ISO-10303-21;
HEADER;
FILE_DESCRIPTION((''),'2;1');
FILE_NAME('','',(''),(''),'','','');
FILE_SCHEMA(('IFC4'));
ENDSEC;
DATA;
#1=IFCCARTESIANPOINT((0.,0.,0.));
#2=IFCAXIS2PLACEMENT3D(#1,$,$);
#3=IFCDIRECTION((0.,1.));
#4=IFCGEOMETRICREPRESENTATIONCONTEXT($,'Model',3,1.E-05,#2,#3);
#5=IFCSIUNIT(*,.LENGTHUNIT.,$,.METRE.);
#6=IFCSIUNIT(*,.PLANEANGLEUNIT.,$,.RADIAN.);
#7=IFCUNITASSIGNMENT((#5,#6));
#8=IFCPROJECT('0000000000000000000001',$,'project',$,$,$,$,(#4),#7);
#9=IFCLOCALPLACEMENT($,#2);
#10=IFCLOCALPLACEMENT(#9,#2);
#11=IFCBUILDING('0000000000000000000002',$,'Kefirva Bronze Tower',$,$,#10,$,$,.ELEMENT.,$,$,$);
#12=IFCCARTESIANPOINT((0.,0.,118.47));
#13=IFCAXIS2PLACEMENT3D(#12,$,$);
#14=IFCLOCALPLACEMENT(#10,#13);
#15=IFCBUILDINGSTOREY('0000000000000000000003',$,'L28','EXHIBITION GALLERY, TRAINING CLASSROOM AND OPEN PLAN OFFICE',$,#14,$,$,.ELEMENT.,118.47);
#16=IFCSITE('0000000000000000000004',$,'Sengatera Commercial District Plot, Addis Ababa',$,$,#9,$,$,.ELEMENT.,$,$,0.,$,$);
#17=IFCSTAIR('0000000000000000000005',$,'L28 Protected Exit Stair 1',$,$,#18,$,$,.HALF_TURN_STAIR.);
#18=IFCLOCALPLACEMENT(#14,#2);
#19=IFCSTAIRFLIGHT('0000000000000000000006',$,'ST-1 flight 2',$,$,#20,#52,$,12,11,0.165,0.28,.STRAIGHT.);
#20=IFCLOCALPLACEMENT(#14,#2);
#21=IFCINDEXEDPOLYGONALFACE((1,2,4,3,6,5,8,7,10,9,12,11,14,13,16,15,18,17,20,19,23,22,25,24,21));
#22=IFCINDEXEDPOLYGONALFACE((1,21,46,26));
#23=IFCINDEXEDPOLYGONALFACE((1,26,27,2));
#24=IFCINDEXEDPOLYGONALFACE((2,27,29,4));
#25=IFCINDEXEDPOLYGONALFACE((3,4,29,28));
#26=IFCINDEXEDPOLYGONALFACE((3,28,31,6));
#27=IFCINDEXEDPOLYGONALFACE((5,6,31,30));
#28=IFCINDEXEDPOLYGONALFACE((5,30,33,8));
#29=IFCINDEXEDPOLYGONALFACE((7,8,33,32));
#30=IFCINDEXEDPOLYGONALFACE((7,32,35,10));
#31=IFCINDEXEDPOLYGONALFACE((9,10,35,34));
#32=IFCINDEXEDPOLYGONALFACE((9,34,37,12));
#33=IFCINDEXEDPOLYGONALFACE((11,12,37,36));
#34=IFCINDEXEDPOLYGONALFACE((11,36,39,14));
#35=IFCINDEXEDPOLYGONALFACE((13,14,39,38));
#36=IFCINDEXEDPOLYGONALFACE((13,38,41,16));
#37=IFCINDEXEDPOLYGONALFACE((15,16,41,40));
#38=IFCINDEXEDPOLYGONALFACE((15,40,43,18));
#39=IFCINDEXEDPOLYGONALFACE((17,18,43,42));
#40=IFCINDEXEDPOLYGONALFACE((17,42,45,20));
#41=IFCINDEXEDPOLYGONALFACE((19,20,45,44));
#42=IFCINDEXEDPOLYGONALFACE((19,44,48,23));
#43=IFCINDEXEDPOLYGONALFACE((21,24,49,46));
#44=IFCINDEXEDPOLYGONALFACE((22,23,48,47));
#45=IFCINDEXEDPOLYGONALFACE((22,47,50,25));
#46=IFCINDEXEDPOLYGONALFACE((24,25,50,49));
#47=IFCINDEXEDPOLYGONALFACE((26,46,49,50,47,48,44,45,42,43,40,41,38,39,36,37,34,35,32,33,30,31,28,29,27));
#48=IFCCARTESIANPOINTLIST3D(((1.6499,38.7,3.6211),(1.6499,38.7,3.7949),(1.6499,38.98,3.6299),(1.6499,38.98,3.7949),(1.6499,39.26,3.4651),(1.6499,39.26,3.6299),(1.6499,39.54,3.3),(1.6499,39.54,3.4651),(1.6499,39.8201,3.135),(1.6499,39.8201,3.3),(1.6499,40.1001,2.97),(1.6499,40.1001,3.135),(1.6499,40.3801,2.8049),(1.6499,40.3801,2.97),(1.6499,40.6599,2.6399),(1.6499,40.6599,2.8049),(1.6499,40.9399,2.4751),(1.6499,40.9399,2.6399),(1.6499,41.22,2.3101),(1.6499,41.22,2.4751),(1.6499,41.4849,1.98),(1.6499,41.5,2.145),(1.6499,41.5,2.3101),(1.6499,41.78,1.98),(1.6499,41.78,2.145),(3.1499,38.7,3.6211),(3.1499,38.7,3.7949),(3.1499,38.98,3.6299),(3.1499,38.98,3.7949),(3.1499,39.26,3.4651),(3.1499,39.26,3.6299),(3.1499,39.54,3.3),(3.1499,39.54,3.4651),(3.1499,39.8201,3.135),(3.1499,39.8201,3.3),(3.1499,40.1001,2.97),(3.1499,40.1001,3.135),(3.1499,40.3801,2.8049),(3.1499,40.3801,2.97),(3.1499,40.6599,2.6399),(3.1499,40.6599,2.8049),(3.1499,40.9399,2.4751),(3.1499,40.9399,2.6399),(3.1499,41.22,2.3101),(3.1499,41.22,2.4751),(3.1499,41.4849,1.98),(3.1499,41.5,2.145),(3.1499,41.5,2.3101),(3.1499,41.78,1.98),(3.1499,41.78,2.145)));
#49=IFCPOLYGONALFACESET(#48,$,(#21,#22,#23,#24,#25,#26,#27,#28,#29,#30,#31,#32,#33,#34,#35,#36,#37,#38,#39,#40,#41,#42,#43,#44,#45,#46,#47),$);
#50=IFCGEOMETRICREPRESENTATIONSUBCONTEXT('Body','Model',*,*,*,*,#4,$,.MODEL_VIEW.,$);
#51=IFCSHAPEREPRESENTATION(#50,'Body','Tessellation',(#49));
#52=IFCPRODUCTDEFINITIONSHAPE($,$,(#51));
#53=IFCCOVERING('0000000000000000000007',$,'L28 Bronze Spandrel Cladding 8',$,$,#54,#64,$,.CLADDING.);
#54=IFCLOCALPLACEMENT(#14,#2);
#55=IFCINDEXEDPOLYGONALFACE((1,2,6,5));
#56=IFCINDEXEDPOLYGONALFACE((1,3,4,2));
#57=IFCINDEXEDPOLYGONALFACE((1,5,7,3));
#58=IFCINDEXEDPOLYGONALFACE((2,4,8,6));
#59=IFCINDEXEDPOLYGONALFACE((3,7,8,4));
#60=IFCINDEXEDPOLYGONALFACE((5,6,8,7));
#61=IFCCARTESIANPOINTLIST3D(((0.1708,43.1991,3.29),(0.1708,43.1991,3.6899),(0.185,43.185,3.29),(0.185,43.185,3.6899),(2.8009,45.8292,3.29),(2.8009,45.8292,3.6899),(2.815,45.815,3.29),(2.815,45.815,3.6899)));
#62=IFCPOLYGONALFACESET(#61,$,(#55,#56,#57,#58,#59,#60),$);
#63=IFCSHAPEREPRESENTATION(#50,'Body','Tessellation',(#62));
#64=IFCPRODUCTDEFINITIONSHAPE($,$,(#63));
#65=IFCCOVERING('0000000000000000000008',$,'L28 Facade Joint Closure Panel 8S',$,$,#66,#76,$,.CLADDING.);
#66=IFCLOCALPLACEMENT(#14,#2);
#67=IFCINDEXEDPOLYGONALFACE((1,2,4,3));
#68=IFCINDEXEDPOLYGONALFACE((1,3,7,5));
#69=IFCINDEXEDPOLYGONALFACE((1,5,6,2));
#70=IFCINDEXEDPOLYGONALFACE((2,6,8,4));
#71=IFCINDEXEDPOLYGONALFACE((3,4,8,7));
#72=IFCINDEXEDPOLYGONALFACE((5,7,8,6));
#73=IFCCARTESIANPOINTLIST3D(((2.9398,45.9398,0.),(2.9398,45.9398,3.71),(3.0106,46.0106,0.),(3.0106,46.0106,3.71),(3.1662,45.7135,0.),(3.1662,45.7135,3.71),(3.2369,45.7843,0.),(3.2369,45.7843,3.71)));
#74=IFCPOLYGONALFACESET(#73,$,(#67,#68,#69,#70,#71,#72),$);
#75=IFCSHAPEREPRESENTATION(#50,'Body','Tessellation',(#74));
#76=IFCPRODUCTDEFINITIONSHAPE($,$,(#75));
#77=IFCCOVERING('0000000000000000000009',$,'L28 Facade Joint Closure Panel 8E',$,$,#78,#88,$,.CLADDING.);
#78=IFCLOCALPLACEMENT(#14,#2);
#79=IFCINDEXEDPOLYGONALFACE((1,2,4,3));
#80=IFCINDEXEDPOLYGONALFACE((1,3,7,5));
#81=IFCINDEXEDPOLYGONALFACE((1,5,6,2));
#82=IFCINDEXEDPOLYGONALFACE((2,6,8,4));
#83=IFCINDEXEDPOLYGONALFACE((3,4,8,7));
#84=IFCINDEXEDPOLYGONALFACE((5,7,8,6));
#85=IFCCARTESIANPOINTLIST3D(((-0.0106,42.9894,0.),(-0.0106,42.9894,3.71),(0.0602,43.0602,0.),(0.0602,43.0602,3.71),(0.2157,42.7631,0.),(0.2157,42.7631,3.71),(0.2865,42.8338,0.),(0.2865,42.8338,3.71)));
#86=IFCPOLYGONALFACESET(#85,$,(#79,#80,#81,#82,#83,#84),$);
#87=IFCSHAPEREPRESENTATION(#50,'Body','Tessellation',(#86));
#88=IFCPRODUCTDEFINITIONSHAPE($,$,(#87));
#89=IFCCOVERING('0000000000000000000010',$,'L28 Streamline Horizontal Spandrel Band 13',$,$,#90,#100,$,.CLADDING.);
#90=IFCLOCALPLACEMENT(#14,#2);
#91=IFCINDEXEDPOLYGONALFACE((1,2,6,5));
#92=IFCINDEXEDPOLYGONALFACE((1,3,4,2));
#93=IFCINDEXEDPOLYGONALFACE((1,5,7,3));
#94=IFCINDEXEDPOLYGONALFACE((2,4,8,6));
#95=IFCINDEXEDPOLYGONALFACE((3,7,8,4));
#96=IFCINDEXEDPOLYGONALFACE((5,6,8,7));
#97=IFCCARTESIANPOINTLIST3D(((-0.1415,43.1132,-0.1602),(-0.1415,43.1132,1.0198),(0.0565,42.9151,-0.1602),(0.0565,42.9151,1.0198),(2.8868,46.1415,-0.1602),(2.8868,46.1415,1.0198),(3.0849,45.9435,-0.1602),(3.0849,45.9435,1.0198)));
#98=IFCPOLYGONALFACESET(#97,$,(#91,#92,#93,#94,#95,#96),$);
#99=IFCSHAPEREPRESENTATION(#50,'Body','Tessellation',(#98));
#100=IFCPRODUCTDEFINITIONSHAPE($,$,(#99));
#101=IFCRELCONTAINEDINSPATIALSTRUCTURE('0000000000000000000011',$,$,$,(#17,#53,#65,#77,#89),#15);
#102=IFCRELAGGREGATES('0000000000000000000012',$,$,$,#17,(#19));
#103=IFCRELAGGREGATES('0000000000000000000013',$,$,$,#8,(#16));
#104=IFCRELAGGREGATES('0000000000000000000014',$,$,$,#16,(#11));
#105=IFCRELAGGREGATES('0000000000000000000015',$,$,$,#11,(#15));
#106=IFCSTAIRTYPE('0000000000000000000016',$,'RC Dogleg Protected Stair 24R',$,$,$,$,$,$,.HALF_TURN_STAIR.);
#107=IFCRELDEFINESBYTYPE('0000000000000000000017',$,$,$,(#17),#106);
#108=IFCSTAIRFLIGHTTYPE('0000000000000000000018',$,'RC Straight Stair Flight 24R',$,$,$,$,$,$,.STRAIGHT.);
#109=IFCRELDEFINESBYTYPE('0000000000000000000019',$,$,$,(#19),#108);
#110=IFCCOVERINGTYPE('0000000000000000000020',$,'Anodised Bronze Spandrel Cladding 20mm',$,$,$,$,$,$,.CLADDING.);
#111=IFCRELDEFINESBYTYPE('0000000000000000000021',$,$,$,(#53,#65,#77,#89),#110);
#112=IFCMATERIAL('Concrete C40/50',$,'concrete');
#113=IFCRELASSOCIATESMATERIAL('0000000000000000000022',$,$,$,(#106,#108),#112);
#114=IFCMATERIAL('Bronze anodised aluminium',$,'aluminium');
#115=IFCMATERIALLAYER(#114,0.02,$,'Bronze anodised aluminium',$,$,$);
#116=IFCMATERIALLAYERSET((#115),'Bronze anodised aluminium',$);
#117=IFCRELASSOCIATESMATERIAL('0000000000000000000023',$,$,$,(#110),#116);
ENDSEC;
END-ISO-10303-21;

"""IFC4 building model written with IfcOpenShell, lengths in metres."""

from ifc_helpers import new_model, si_unit, direction, frame, origin, origin_2d, place, context, subcontext, project, spatial, polyline, rectangle, outline, extrude, material, layer, layer_set, type_object, element, aggregate, save


model = new_model("IFC4")

# Units and contexts
model_context = context("Model", 3, precision=1e-05, world=origin(), true_north=direction((0.0, 1.0)))
body_context = subcontext(model_context, "Body", "Model", "MODEL_VIEW")
ifc_project = project(units=[si_unit("LENGTHUNIT", "METRE"), si_unit("PLANEANGLEUNIT", "RADIAN")], contexts=[model_context])

# Site, building, storey
site_placement = place(None, origin())
site = spatial("IfcSite", under=ifc_project, at=site_placement, Name="Sengatera Commercial District Plot, Addis Ababa", CompositionType="ELEMENT", RefElevation=0.0)
building_placement = place(site_placement, origin())
building = spatial("IfcBuilding", under=site, at=building_placement, Name="Kefirva Bronze Tower", CompositionType="ELEMENT")
storey_placement = place(building_placement, frame((0.0, 0.0, 118.47)))
storey = spatial("IfcBuildingStorey", under=building, at=storey_placement, Name="L28", Description="EXHIBITION GALLERY, TRAINING CLASSROOM AND OPEN PLAN OFFICE", CompositionType="ELEMENT", Elevation=118.47)

# Shared definitions
ifc_material_1 = material(Name="Bronze anodised aluminium", Category="aluminium")

# Stair, stair flight
ifc_material_2 = material(Name="Concrete C40/50", Category="concrete")
stair_type = type_object("IfcStairType", Name="RC Dogleg Protected Stair 24R", PredefinedType="HALF_TURN_STAIR", material=ifc_material_2)
stair_placement = place(storey_placement, origin())
stair = element("IfcStair", 1, at=stair_placement, inside=storey, type_object=stair_type, Name="L28 Protected Exit Stair 1", PredefinedType="HALF_TURN_STAIR")
stair_flight_type = type_object("IfcStairFlightType", Name="RC Straight Stair Flight 24R", PredefinedType="STRAIGHT", material=ifc_material_2)
stair_flight_placement = place(storey_placement, frame((2.3999, 41.78, 1.98), z_axis=(0.0, 0.0, 1.0), x_axis=(0.0, -1.0, 0.0)))
stair_flight = element("IfcStairFlight", 2, at=stair_flight_placement, type_object=stair_flight_type, Name="ST-1 flight 2", NumberOfRisers=12, NumberOfTreads=11, PredefinedType="STRAIGHT", RiserHeight=0.165, TreadLength=0.28, context=body_context, shape_type="SweptSolid", body=[
    extrude(outline(polyline([(0.0, 0.0), (0.0, 0.165), (0.28, 0.165), (0.28, 0.3301), (0.5601, 0.3301), (0.5601, 0.4951), (0.8401, 0.4951), (0.8401, 0.6599), (1.1201, 0.6599), (1.1201, 0.825), (1.3999, 0.825), (1.3999, 0.99), (1.6799, 0.99), (1.6799, 1.155), (1.96, 1.155), (1.96, 1.3201), (2.24, 1.3201), (2.24, 1.4851), (2.52, 1.4851), (2.52, 1.6499), (2.8, 1.6499), (2.8, 1.8149), (3.0801, 1.8149), (3.0801, 1.98), (3.0801, 1.6411), (0.2952, 0.0), (0.0, 0.0)])), frame((0.0, 0.75, 0.0), z_axis=(0.0, -1.0, 0.0), x_axis=(1.0, 0.0, 0.0)), (0.0, 0.0, 1.0), 1.5),
])
aggregate(stair, [stair_flight])

# Coverings
ifc_layer_1 = layer(ifc_material_1, 0.02, Name="Bronze anodised aluminium")
ifc_layer_set_1 = layer_set([ifc_layer_1], Name="Bronze anodised aluminium")
covering_type_1 = type_object("IfcCoveringType", Name="Anodised Bronze Spandrel Cladding 20mm", PredefinedType="CLADDING", material=ifc_layer_set_1)
covering_1_placement = place(storey_placement, frame((1.4929, 44.5071, 3.29), z_axis=(0.0, 0.0, 1.0), x_axis=(-0.707107, -0.707107, 0.0)))
element("IfcCovering", 3, at=covering_1_placement, inside=storey, type_object=covering_type_1, Name="L28 Bronze Spandrel Cladding 8", PredefinedType="CLADDING", context=body_context, shape_type="SweptSolid", body=[
    extrude(rectangle(XDim=3.7195, YDim=0.02, at=origin_2d()), origin(), (0.0, 0.0, 1.0), 0.3999),
])
for number, where, z_axis, x_axis, name in (
    (4, (3.0884, 45.8621, 0.0), (0.0, 0.0, 1.0), (-0.707107, -0.707107, 0.0), "L28 Facade Joint Closure Panel 8S"),
    (5, (0.1379, 42.9116, 0.0), (0.0, 0.0, 1.0), (-0.707107, -0.707107, 0.0), "L28 Facade Joint Closure Panel 8E"),
):
    element("IfcCovering", number, at=place(storey_placement, frame(where, z_axis=z_axis, x_axis=x_axis)), inside=storey, type_object=covering_type_1, Name=name, PredefinedType="CLADDING", context=body_context, shape_type="SweptSolid", body=[
        extrude(rectangle(XDim=0.1001, YDim=0.3201, at=origin_2d()), origin(), (0.0, 0.0, 1.0), 3.71),
    ])
covering_2_placement = place(storey_placement, frame((1.4717, 44.5283, -0.1602), z_axis=(0.0, 0.0, 1.0), x_axis=(-0.707107, -0.707107, 0.0)))
element("IfcCovering", 6, at=covering_2_placement, inside=storey, type_object=covering_type_1, Name="L28 Streamline Horizontal Spandrel Band 13", PredefinedType="CLADDING", context=body_context, shape_type="SweptSolid", body=[
    extrude(rectangle(XDim=4.2827, YDim=0.28, at=origin_2d()), origin(), (0.0, 0.0, 1.0), 1.1799),
])

save(model, "model.ifc")
